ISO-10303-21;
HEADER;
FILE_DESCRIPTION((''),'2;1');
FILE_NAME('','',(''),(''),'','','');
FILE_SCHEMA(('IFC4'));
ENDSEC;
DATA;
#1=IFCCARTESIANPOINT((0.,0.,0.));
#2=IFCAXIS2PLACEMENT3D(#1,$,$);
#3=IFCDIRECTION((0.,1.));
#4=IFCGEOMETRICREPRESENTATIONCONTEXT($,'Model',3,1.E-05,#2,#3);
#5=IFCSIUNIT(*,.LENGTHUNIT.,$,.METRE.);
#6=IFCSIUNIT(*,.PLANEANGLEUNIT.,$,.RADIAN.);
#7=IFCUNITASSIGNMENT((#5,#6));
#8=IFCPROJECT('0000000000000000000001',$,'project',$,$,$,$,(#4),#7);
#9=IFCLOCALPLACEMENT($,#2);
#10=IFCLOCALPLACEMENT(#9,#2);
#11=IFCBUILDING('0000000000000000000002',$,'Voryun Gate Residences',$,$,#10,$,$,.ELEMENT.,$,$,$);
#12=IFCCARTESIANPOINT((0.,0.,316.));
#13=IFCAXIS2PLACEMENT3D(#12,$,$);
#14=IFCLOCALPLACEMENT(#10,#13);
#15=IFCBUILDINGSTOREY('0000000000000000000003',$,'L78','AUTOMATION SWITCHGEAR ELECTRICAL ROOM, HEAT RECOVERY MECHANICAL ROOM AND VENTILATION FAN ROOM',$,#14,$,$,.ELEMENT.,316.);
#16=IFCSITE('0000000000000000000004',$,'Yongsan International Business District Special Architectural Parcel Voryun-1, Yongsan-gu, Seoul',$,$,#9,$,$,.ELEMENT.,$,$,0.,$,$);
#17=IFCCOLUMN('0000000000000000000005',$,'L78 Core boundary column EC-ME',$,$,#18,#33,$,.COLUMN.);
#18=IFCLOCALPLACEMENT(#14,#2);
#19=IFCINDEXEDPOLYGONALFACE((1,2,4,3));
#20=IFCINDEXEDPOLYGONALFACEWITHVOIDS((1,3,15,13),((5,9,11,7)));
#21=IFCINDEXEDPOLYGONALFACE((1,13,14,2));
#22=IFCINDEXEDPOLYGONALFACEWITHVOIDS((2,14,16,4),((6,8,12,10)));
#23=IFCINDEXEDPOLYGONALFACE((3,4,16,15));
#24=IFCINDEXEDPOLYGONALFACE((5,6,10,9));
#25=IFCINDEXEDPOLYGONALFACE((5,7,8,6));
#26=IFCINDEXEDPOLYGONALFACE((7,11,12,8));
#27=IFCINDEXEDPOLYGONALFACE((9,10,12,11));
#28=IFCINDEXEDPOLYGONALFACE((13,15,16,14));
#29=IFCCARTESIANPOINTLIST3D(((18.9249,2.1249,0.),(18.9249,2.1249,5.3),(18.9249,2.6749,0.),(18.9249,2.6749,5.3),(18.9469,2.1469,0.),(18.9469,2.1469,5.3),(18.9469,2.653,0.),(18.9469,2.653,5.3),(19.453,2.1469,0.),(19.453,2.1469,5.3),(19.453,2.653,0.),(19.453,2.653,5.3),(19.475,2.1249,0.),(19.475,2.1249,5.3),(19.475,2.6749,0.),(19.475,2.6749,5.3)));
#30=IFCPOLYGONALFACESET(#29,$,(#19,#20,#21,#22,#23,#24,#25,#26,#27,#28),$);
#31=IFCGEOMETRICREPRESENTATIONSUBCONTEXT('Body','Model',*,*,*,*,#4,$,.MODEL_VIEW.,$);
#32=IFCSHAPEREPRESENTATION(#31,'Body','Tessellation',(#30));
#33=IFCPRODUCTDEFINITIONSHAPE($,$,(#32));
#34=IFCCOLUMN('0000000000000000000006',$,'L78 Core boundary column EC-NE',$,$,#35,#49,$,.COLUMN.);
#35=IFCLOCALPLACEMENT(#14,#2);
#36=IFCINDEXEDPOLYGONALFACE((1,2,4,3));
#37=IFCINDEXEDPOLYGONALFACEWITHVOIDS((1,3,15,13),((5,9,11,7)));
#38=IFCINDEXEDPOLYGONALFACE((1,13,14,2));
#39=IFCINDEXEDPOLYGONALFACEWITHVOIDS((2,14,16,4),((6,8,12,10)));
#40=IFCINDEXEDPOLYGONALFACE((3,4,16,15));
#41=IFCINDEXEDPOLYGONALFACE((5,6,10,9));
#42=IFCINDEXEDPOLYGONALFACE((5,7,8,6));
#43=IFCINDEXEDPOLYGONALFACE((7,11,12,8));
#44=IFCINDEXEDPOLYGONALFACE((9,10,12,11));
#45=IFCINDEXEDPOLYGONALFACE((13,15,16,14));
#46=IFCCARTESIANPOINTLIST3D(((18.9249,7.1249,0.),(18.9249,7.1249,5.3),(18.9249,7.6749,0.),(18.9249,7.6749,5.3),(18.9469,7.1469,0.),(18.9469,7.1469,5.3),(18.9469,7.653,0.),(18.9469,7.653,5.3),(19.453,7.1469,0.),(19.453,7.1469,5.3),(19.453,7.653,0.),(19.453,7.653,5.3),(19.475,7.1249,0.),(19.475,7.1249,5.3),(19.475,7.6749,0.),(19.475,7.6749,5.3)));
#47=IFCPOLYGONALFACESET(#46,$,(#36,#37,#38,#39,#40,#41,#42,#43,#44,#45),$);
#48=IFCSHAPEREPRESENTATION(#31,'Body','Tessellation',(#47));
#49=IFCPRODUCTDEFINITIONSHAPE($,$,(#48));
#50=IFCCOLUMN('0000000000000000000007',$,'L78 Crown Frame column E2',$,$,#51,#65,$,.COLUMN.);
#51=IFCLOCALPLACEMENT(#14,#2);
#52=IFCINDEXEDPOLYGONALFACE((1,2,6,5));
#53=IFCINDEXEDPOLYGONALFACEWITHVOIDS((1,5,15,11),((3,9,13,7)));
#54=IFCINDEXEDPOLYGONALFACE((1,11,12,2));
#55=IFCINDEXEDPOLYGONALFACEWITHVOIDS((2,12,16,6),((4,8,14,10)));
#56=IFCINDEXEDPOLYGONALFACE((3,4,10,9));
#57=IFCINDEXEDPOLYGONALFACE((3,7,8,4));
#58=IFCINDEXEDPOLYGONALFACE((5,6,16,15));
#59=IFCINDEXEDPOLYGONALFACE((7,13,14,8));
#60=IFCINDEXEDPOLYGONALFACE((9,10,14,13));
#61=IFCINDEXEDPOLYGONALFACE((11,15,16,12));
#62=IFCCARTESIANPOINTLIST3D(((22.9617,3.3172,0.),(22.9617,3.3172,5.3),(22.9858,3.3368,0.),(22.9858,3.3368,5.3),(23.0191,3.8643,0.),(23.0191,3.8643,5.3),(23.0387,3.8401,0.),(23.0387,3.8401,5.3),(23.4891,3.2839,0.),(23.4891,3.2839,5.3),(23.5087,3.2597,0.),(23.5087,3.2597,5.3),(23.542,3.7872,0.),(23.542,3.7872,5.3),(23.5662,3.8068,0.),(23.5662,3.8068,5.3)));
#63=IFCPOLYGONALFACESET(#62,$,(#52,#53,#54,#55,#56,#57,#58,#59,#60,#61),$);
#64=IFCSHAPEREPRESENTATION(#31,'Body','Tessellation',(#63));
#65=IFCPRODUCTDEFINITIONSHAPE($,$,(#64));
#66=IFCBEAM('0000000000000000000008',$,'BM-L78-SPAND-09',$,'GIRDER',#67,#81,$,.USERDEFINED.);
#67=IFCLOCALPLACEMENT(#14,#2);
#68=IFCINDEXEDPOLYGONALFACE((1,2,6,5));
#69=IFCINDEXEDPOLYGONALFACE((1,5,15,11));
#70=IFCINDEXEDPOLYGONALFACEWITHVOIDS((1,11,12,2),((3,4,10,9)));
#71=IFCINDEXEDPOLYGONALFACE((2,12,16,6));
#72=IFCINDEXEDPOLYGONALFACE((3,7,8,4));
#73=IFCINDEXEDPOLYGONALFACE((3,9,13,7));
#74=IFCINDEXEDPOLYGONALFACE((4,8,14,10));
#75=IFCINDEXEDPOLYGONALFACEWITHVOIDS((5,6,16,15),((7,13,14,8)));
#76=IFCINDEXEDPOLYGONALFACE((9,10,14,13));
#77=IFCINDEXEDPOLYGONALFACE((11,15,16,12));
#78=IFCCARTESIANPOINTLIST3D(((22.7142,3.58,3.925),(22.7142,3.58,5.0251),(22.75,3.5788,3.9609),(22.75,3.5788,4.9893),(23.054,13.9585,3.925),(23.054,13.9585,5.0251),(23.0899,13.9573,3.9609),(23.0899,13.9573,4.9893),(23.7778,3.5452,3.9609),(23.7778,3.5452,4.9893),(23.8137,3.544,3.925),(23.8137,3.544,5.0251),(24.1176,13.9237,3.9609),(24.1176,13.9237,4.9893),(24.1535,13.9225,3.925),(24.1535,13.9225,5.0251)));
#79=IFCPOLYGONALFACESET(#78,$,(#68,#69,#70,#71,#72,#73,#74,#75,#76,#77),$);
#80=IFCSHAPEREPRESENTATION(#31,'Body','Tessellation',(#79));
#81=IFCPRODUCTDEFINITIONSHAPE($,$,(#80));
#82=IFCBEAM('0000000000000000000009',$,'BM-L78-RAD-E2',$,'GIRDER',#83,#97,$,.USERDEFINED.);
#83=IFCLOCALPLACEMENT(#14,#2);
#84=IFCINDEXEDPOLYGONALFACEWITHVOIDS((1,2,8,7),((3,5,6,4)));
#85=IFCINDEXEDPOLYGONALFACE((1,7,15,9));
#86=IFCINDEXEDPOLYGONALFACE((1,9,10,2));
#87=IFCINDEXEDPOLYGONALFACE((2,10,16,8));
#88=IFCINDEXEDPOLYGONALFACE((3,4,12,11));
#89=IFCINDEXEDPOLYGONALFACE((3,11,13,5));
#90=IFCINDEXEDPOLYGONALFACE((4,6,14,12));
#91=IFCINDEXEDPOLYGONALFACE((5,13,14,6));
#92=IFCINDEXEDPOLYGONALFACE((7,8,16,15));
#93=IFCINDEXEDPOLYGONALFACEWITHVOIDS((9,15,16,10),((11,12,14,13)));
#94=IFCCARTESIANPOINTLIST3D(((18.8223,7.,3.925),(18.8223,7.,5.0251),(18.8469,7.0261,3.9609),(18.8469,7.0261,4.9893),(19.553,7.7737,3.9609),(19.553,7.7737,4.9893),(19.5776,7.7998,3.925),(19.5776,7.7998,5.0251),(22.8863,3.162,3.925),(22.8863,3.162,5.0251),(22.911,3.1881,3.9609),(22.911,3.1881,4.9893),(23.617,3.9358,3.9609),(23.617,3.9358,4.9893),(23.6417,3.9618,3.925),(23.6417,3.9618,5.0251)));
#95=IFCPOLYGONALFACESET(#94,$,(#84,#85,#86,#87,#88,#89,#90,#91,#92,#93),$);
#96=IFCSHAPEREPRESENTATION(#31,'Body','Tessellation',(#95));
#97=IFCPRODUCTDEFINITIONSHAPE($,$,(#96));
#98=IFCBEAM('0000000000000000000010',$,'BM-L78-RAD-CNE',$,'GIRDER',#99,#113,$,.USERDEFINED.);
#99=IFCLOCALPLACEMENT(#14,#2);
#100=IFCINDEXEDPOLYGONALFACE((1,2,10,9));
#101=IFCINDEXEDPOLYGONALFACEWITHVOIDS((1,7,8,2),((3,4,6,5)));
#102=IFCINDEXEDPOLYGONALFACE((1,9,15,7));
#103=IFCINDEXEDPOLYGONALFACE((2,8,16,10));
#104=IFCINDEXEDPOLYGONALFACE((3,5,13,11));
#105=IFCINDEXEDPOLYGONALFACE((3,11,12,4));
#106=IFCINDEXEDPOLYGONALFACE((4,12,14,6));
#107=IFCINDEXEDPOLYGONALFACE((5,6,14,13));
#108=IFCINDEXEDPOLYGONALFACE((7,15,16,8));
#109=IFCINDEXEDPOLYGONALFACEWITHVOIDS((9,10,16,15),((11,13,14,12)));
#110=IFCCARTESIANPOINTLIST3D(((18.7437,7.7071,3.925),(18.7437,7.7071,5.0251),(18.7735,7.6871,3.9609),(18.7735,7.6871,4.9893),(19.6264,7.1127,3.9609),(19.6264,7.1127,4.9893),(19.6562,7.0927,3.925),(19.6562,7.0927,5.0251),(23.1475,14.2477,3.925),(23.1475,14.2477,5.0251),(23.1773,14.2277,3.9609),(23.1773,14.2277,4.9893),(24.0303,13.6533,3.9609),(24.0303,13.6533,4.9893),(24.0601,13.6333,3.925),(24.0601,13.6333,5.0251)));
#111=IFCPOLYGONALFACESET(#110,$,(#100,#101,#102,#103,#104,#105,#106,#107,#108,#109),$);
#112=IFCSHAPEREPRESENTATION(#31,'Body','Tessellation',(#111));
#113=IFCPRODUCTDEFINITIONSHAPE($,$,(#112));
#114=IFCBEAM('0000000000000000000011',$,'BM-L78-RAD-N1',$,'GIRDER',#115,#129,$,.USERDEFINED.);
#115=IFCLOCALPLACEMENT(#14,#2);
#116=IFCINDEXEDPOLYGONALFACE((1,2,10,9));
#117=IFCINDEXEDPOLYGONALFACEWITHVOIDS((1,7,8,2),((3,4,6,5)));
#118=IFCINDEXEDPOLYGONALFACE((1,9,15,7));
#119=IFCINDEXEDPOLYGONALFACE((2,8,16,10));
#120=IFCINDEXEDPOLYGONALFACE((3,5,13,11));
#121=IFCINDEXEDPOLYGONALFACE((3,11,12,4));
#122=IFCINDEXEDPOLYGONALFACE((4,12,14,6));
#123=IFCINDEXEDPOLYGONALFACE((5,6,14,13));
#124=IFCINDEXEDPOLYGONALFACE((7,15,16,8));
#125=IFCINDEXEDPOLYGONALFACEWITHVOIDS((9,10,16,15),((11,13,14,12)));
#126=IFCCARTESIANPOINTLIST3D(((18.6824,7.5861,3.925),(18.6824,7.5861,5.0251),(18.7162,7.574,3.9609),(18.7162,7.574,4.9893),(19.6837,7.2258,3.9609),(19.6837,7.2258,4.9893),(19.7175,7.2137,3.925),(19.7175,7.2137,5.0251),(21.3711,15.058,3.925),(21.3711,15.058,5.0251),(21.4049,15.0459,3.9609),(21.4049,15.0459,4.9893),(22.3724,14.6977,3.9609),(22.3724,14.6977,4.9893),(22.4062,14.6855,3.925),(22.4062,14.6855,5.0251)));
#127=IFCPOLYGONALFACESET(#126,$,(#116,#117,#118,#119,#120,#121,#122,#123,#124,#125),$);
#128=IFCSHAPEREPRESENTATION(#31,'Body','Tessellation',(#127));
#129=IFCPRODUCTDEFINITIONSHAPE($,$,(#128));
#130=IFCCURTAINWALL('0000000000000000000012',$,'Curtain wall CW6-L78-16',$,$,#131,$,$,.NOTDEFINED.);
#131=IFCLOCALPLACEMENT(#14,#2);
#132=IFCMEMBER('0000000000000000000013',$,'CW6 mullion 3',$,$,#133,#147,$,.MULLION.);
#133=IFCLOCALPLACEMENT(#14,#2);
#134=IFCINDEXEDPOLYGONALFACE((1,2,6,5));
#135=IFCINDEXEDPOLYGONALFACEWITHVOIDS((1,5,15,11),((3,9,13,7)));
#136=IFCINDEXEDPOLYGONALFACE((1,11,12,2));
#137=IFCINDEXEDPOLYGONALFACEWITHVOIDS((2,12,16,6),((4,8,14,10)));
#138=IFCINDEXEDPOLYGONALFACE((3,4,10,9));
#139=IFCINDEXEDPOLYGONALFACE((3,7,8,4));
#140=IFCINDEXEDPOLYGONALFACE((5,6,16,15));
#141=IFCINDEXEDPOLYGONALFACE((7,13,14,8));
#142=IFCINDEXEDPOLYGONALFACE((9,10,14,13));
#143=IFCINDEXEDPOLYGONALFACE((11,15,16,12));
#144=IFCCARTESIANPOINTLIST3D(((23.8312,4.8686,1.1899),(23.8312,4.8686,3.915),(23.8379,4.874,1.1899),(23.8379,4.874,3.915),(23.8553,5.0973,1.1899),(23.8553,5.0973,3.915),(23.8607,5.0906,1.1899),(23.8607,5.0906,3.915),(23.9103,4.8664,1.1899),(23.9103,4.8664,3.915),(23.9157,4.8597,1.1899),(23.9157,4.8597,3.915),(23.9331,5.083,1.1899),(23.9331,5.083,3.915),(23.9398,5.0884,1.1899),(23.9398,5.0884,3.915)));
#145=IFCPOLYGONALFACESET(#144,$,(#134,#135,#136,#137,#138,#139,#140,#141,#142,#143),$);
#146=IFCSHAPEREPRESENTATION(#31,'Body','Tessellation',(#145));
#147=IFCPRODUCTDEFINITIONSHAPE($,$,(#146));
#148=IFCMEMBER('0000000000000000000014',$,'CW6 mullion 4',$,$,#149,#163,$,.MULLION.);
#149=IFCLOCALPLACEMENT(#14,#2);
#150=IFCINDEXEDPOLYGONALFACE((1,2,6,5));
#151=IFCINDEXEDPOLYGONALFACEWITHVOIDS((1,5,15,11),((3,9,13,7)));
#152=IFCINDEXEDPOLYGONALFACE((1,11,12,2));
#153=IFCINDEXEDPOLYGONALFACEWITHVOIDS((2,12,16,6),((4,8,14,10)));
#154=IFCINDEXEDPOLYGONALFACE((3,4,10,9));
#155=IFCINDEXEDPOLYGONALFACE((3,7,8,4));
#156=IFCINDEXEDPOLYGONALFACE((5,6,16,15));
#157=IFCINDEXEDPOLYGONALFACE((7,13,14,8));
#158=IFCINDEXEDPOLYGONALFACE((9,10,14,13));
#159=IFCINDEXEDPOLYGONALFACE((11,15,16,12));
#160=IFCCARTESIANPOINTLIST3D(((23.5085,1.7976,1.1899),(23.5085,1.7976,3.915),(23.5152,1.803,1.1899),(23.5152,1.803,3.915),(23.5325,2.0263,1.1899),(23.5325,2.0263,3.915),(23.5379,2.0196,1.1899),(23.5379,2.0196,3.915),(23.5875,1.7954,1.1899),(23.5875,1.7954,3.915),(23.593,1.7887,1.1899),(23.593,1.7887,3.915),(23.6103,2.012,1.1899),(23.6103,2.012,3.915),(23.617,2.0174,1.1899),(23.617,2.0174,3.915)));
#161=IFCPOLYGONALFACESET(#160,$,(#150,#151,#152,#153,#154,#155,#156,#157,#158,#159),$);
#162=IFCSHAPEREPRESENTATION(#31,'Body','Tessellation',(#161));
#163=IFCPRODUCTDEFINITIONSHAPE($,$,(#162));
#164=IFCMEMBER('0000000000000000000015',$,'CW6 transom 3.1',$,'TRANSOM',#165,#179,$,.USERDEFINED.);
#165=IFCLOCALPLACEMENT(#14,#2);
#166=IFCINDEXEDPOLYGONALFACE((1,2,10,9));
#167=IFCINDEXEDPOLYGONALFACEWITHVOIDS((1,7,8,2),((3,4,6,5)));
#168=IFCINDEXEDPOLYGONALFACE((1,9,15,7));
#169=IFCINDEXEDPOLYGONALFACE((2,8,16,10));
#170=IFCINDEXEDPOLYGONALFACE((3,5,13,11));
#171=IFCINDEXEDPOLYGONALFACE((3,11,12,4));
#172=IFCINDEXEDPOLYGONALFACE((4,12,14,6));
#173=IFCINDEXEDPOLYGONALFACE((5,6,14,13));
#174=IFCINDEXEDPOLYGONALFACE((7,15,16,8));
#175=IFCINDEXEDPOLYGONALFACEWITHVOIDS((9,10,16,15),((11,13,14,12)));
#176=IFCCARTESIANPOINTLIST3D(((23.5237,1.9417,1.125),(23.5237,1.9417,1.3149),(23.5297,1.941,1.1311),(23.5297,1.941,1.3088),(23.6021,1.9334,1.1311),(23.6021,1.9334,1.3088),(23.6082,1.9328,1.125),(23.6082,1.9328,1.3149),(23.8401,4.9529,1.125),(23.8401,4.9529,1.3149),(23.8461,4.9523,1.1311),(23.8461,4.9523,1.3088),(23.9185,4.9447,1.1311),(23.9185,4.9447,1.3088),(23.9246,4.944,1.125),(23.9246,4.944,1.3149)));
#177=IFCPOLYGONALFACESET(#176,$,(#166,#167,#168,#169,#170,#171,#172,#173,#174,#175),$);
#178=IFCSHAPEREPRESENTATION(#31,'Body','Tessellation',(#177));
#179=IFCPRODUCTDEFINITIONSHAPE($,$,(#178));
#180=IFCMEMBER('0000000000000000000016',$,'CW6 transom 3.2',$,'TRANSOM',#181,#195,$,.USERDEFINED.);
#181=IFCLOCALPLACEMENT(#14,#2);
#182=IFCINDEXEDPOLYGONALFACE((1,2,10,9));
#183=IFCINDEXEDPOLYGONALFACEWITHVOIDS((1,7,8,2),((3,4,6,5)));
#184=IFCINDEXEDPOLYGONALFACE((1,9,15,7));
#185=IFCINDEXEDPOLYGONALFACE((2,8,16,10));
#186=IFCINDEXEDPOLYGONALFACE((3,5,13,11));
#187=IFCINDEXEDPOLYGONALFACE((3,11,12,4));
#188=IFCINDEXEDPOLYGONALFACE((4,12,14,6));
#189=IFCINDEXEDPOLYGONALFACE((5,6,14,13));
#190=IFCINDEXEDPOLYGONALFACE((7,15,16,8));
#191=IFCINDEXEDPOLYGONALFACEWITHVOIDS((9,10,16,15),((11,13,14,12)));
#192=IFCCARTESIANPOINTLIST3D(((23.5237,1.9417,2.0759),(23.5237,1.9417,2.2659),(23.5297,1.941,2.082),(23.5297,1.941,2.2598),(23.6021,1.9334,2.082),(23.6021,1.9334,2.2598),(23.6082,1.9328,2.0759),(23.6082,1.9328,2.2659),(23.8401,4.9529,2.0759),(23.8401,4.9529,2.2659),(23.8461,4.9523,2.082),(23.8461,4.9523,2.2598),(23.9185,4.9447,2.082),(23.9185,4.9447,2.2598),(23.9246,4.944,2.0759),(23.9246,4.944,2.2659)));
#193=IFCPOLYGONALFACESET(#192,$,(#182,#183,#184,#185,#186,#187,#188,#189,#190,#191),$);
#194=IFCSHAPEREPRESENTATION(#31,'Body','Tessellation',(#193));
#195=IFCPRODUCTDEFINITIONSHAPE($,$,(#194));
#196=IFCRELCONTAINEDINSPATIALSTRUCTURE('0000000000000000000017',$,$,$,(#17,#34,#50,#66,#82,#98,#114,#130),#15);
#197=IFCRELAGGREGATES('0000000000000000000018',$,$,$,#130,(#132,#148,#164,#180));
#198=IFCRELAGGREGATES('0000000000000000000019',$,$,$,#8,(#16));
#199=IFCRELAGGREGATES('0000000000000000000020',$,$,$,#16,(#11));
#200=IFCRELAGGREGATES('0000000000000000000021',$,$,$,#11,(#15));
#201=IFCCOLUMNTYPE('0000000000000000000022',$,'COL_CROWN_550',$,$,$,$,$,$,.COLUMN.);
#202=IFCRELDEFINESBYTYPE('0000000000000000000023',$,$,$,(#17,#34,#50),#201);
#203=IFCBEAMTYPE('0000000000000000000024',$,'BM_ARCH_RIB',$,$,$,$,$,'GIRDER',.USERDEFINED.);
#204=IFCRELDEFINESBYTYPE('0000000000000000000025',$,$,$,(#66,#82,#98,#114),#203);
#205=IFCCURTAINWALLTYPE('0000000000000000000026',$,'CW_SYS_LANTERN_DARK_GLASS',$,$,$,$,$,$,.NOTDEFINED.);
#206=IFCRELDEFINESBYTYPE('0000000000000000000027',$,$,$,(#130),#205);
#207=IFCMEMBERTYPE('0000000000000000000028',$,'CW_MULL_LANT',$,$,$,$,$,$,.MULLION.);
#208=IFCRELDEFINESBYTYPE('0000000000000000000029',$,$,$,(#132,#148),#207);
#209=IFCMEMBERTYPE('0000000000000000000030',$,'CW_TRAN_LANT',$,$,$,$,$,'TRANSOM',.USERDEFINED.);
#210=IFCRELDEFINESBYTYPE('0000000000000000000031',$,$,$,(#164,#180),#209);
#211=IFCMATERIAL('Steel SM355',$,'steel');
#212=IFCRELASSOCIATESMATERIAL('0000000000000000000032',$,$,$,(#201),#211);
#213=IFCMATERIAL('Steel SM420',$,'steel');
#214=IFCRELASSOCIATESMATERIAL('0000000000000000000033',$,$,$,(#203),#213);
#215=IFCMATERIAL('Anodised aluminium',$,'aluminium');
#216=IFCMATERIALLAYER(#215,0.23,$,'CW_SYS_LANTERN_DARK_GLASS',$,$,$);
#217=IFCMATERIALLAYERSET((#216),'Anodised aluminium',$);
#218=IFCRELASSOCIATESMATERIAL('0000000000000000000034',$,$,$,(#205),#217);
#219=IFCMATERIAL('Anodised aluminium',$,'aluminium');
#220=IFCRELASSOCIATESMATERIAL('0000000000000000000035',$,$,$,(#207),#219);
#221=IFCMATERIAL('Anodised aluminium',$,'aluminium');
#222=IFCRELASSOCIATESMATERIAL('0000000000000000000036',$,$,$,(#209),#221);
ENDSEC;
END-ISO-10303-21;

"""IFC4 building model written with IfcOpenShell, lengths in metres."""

from ifc_helpers import new_model, si_unit, direction, frame, origin, origin_2d, place, context, subcontext, project, spatial, hollow_rectangle, extrude, material, layer, layer_set, material_profile, profile_set, type_object, element, aggregate, save


model = new_model("IFC4")

# Units and contexts
model_context = context("Model", 3, precision=1e-05, world=origin(), true_north=direction((0.0, 1.0)))
body_context = subcontext(model_context, "Body", "Model", "MODEL_VIEW")
ifc_project = project(units=[si_unit("LENGTHUNIT", "METRE"), si_unit("PLANEANGLEUNIT", "RADIAN")], contexts=[model_context])

# Site, building, storey
site_placement = place(None, origin())
site = spatial("IfcSite", under=ifc_project, at=site_placement, Name="Yongsan International Business District Special Architectural Parcel Voryun-1, Yongsan-gu, Seoul", CompositionType="ELEMENT", RefElevation=0.0)
building_placement = place(site_placement, origin())
building = spatial("IfcBuilding", under=site, at=building_placement, Name="Voryun Gate Residences", CompositionType="ELEMENT")
storey_placement = place(building_placement, frame((0.0, 0.0, 316.0)))
storey = spatial("IfcBuildingStorey", under=building, at=storey_placement, Name="L78", Description="AUTOMATION SWITCHGEAR ELECTRICAL ROOM, HEAT RECOVERY MECHANICAL ROOM AND VENTILATION FAN ROOM", CompositionType="ELEMENT", Elevation=316.0)

# Columns
ifc_material_1 = material(Name="Steel SM355", Category="steel")
ifc_material_profile_1 = material_profile(ifc_material_1, hollow_rectangle(XDim=0.55, YDim=0.55, WallThickness=0.022, at=origin_2d()), Name="BOX-550x550x22")
ifc_profile_set_1 = profile_set([ifc_material_profile_1], Name="Steel SM355")
column_type = type_object("IfcColumnType", Name="COL_CROWN_550", PredefinedType="COLUMN", material=ifc_profile_set_1)
for number, where, z_axis, x_axis, name in (
    (1, (19.2, 2.3999, 0.0), (0.0, 0.0, 1.0), (1.0, 0.0, 0.0), "L78 Core boundary column EC-ME"),
    (2, (19.2, 7.3999, 0.0), (0.0, 0.0, 1.0), (1.0, 0.0, 0.0), "L78 Core boundary column EC-NE"),
    (3, (23.2639, 3.562, 0.0), (0.0, 0.0, 1.0), (0.994522, -0.104528, 0.0), "L78 Crown Frame column E2"),
):
    element("IfcColumn", number, at=place(storey_placement, frame(where, z_axis=z_axis, x_axis=x_axis)), inside=storey, type_object=column_type, Name=name, PredefinedType="COLUMN", context=body_context, shape_type="SweptSolid", body=[
        extrude(hollow_rectangle(XDim=0.55, YDim=0.55, WallThickness=0.022, at=origin_2d()), origin(), (0.0, 0.0, 1.0), 5.3),
    ])

# Beams
ifc_material_2 = material(Name="Steel SM420", Category="steel")
ifc_material_profile_2 = material_profile(ifc_material_2, hollow_rectangle(XDim=1.1001, YDim=1.1001, WallThickness=0.0359, at=origin_2d()), Name="BOX-1100x1100x36")
ifc_profile_set_2 = profile_set([ifc_material_profile_2], Name="Steel SM420")
beam_type = type_object("IfcBeamType", Name="BM_ARCH_RIB", ElementType="GIRDER", PredefinedType="USERDEFINED", material=ifc_profile_set_2)
beam_1_placement = place(storey_placement, frame((23.2639, 3.562, 4.4751), z_axis=(0.032728, 0.999464, 0.0), x_axis=(-0.999464, 0.032728, 0.0)))
element("IfcBeam", 4, at=beam_1_placement, inside=storey, type_object=beam_type, Name="BM-L78-SPAND-09", ObjectType="GIRDER", PredefinedType="USERDEFINED", context=body_context, shape_type="SweptSolid", body=[
    extrude(hollow_rectangle(XDim=1.1001, YDim=1.1001, WallThickness=0.0359, at=origin_2d()), origin(), (0.0, 0.0, 1.0), 10.384),
])
beam_2_placement = place(storey_placement, frame((19.2, 7.3999, 4.4751), z_axis=(0.72704, -0.686595, 0.0), x_axis=(0.686595, 0.72704, 0.0)))
element("IfcBeam", 5, at=beam_2_placement, inside=storey, type_object=beam_type, Name="BM-L78-RAD-E2", ObjectType="GIRDER", PredefinedType="USERDEFINED", context=body_context, shape_type="SweptSolid", body=[
    extrude(hollow_rectangle(XDim=1.1001, YDim=1.1001, WallThickness=0.0359, at=origin_2d()), origin(), (0.0, 0.0, 1.0), 5.5898),
])
beam_3_placement = place(storey_placement, frame((19.2, 7.3999, 4.4751), z_axis=(0.55851, 0.829498, 0.0), x_axis=(-0.829498, 0.55851, 0.0)))
element("IfcBeam", 6, at=beam_3_placement, inside=storey, type_object=beam_type, Name="BM-L78-RAD-CNE", ObjectType="GIRDER", PredefinedType="USERDEFINED", context=body_context, shape_type="SweptSolid", body=[
    extrude(hollow_rectangle(XDim=1.1001, YDim=1.1001, WallThickness=0.0359, at=origin_2d()), origin(), (0.0, 0.0, 1.0), 7.885),
])
beam_4_placement = place(storey_placement, frame((19.2, 7.3999, 4.4751), z_axis=(0.338589, 0.940934, 0.0), x_axis=(-0.940934, 0.338589, 0.0)))
element("IfcBeam", 7, at=beam_4_placement, inside=storey, type_object=beam_type, Name="BM-L78-RAD-N1", ObjectType="GIRDER", PredefinedType="USERDEFINED", context=body_context, shape_type="SweptSolid", body=[
    extrude(hollow_rectangle(XDim=1.1001, YDim=1.1001, WallThickness=0.0359, at=origin_2d()), origin(), (0.0, 0.0, 1.0), 7.9409),
])

# Curtain wall, members
ifc_material_3 = material(Name="Anodised aluminium", Category="aluminium")
ifc_layer_1 = layer(ifc_material_3, 0.23, Name="CW_SYS_LANTERN_DARK_GLASS")
ifc_layer_set_1 = layer_set([ifc_layer_1], Name="Anodised aluminium")
curtain_wall_type = type_object("IfcCurtainWallType", Name="CW_SYS_LANTERN_DARK_GLASS", PredefinedType="NOTDEFINED", material=ifc_layer_set_1)
curtain_wall_placement = place(storey_placement, origin())
curtain_wall = element("IfcCurtainWall", 8, at=curtain_wall_placement, inside=storey, type_object=curtain_wall_type, Name="Curtain wall CW6-L78-16", PredefinedType="NOTDEFINED")
ifc_material_4 = material(Name="Anodised aluminium", Category="aluminium")
ifc_material_profile_3 = material_profile(ifc_material_4, hollow_rectangle(XDim=0.085, YDim=0.23, WallThickness=0.0061, at=origin_2d()), Name="ALU-MULL-230x85x6")
ifc_profile_set_3 = profile_set([ifc_material_profile_3], Name="Anodised aluminium")
member_type_1 = type_object("IfcMemberType", Name="CW_MULL_LANT", PredefinedType="MULLION", material=ifc_profile_set_3)
member_1_placement = place(storey_placement, frame((23.8855, 4.9785, 1.1899), z_axis=(0.0, 0.0, 1.0), x_axis=(0.994522, -0.104528, 0.0)))
member_1 = element("IfcMember", 9, at=member_1_placement, type_object=member_type_1, Name="CW6 mullion 3", PredefinedType="MULLION", context=body_context, shape_type="SweptSolid", body=[
    extrude(hollow_rectangle(XDim=0.085, YDim=0.23, WallThickness=0.0061, at=origin_2d()), origin(), (0.0, 0.0, 1.0), 2.7251),
])
member_2_placement = place(storey_placement, frame((23.5627, 1.9075, 1.1899), z_axis=(0.0, 0.0, 1.0), x_axis=(0.994522, -0.104528, 0.0)))
member_2 = element("IfcMember", 10, at=member_2_placement, type_object=member_type_1, Name="CW6 mullion 4", PredefinedType="MULLION", context=body_context, shape_type="SweptSolid", body=[
    extrude(hollow_rectangle(XDim=0.085, YDim=0.23, WallThickness=0.0061, at=origin_2d()), origin(), (0.0, 0.0, 1.0), 2.7251),
])
ifc_material_5 = material(Name="Anodised aluminium", Category="aluminium")
ifc_material_profile_4 = material_profile(ifc_material_5, hollow_rectangle(XDim=0.085, YDim=0.1899, WallThickness=0.0061, at=origin_2d()), Name="ALU-TRAN-190x85x6")
ifc_profile_set_4 = profile_set([ifc_material_profile_4], Name="Anodised aluminium")
member_type_2 = type_object("IfcMemberType", Name="CW_TRAN_LANT", ElementType="TRANSOM", PredefinedType="USERDEFINED", material=ifc_profile_set_4)
member_3_placement = place(storey_placement, frame((23.8823, 4.9485, 1.22), z_axis=(-0.1045, -0.994525, 0.0), x_axis=(0.994525, -0.1045, 0.0)))
member_3 = element("IfcMember", 11, at=member_3_placement, type_object=member_type_2, Name="CW6 transom 3.1", ObjectType="TRANSOM", PredefinedType="USERDEFINED", context=body_context, shape_type="SweptSolid", body=[
    extrude(hollow_rectangle(XDim=0.085, YDim=0.1899, WallThickness=0.0061, at=origin_2d()), origin(), (0.0, 0.0, 1.0), 3.0278),
])
member_4_placement = place(storey_placement, frame((23.8823, 4.9485, 2.1709), z_axis=(-0.1045, -0.994525, 0.0), x_axis=(0.994525, -0.1045, 0.0)))
member_4 = element("IfcMember", 12, at=member_4_placement, type_object=member_type_2, Name="CW6 transom 3.2", ObjectType="TRANSOM", PredefinedType="USERDEFINED", context=body_context, shape_type="SweptSolid", body=[
    extrude(hollow_rectangle(XDim=0.085, YDim=0.1899, WallThickness=0.0061, at=origin_2d()), origin(), (0.0, 0.0, 1.0), 3.0278),
])

aggregate(curtain_wall, [member_1, member_2, member_3, member_4])

save(model, "model.ifc")
